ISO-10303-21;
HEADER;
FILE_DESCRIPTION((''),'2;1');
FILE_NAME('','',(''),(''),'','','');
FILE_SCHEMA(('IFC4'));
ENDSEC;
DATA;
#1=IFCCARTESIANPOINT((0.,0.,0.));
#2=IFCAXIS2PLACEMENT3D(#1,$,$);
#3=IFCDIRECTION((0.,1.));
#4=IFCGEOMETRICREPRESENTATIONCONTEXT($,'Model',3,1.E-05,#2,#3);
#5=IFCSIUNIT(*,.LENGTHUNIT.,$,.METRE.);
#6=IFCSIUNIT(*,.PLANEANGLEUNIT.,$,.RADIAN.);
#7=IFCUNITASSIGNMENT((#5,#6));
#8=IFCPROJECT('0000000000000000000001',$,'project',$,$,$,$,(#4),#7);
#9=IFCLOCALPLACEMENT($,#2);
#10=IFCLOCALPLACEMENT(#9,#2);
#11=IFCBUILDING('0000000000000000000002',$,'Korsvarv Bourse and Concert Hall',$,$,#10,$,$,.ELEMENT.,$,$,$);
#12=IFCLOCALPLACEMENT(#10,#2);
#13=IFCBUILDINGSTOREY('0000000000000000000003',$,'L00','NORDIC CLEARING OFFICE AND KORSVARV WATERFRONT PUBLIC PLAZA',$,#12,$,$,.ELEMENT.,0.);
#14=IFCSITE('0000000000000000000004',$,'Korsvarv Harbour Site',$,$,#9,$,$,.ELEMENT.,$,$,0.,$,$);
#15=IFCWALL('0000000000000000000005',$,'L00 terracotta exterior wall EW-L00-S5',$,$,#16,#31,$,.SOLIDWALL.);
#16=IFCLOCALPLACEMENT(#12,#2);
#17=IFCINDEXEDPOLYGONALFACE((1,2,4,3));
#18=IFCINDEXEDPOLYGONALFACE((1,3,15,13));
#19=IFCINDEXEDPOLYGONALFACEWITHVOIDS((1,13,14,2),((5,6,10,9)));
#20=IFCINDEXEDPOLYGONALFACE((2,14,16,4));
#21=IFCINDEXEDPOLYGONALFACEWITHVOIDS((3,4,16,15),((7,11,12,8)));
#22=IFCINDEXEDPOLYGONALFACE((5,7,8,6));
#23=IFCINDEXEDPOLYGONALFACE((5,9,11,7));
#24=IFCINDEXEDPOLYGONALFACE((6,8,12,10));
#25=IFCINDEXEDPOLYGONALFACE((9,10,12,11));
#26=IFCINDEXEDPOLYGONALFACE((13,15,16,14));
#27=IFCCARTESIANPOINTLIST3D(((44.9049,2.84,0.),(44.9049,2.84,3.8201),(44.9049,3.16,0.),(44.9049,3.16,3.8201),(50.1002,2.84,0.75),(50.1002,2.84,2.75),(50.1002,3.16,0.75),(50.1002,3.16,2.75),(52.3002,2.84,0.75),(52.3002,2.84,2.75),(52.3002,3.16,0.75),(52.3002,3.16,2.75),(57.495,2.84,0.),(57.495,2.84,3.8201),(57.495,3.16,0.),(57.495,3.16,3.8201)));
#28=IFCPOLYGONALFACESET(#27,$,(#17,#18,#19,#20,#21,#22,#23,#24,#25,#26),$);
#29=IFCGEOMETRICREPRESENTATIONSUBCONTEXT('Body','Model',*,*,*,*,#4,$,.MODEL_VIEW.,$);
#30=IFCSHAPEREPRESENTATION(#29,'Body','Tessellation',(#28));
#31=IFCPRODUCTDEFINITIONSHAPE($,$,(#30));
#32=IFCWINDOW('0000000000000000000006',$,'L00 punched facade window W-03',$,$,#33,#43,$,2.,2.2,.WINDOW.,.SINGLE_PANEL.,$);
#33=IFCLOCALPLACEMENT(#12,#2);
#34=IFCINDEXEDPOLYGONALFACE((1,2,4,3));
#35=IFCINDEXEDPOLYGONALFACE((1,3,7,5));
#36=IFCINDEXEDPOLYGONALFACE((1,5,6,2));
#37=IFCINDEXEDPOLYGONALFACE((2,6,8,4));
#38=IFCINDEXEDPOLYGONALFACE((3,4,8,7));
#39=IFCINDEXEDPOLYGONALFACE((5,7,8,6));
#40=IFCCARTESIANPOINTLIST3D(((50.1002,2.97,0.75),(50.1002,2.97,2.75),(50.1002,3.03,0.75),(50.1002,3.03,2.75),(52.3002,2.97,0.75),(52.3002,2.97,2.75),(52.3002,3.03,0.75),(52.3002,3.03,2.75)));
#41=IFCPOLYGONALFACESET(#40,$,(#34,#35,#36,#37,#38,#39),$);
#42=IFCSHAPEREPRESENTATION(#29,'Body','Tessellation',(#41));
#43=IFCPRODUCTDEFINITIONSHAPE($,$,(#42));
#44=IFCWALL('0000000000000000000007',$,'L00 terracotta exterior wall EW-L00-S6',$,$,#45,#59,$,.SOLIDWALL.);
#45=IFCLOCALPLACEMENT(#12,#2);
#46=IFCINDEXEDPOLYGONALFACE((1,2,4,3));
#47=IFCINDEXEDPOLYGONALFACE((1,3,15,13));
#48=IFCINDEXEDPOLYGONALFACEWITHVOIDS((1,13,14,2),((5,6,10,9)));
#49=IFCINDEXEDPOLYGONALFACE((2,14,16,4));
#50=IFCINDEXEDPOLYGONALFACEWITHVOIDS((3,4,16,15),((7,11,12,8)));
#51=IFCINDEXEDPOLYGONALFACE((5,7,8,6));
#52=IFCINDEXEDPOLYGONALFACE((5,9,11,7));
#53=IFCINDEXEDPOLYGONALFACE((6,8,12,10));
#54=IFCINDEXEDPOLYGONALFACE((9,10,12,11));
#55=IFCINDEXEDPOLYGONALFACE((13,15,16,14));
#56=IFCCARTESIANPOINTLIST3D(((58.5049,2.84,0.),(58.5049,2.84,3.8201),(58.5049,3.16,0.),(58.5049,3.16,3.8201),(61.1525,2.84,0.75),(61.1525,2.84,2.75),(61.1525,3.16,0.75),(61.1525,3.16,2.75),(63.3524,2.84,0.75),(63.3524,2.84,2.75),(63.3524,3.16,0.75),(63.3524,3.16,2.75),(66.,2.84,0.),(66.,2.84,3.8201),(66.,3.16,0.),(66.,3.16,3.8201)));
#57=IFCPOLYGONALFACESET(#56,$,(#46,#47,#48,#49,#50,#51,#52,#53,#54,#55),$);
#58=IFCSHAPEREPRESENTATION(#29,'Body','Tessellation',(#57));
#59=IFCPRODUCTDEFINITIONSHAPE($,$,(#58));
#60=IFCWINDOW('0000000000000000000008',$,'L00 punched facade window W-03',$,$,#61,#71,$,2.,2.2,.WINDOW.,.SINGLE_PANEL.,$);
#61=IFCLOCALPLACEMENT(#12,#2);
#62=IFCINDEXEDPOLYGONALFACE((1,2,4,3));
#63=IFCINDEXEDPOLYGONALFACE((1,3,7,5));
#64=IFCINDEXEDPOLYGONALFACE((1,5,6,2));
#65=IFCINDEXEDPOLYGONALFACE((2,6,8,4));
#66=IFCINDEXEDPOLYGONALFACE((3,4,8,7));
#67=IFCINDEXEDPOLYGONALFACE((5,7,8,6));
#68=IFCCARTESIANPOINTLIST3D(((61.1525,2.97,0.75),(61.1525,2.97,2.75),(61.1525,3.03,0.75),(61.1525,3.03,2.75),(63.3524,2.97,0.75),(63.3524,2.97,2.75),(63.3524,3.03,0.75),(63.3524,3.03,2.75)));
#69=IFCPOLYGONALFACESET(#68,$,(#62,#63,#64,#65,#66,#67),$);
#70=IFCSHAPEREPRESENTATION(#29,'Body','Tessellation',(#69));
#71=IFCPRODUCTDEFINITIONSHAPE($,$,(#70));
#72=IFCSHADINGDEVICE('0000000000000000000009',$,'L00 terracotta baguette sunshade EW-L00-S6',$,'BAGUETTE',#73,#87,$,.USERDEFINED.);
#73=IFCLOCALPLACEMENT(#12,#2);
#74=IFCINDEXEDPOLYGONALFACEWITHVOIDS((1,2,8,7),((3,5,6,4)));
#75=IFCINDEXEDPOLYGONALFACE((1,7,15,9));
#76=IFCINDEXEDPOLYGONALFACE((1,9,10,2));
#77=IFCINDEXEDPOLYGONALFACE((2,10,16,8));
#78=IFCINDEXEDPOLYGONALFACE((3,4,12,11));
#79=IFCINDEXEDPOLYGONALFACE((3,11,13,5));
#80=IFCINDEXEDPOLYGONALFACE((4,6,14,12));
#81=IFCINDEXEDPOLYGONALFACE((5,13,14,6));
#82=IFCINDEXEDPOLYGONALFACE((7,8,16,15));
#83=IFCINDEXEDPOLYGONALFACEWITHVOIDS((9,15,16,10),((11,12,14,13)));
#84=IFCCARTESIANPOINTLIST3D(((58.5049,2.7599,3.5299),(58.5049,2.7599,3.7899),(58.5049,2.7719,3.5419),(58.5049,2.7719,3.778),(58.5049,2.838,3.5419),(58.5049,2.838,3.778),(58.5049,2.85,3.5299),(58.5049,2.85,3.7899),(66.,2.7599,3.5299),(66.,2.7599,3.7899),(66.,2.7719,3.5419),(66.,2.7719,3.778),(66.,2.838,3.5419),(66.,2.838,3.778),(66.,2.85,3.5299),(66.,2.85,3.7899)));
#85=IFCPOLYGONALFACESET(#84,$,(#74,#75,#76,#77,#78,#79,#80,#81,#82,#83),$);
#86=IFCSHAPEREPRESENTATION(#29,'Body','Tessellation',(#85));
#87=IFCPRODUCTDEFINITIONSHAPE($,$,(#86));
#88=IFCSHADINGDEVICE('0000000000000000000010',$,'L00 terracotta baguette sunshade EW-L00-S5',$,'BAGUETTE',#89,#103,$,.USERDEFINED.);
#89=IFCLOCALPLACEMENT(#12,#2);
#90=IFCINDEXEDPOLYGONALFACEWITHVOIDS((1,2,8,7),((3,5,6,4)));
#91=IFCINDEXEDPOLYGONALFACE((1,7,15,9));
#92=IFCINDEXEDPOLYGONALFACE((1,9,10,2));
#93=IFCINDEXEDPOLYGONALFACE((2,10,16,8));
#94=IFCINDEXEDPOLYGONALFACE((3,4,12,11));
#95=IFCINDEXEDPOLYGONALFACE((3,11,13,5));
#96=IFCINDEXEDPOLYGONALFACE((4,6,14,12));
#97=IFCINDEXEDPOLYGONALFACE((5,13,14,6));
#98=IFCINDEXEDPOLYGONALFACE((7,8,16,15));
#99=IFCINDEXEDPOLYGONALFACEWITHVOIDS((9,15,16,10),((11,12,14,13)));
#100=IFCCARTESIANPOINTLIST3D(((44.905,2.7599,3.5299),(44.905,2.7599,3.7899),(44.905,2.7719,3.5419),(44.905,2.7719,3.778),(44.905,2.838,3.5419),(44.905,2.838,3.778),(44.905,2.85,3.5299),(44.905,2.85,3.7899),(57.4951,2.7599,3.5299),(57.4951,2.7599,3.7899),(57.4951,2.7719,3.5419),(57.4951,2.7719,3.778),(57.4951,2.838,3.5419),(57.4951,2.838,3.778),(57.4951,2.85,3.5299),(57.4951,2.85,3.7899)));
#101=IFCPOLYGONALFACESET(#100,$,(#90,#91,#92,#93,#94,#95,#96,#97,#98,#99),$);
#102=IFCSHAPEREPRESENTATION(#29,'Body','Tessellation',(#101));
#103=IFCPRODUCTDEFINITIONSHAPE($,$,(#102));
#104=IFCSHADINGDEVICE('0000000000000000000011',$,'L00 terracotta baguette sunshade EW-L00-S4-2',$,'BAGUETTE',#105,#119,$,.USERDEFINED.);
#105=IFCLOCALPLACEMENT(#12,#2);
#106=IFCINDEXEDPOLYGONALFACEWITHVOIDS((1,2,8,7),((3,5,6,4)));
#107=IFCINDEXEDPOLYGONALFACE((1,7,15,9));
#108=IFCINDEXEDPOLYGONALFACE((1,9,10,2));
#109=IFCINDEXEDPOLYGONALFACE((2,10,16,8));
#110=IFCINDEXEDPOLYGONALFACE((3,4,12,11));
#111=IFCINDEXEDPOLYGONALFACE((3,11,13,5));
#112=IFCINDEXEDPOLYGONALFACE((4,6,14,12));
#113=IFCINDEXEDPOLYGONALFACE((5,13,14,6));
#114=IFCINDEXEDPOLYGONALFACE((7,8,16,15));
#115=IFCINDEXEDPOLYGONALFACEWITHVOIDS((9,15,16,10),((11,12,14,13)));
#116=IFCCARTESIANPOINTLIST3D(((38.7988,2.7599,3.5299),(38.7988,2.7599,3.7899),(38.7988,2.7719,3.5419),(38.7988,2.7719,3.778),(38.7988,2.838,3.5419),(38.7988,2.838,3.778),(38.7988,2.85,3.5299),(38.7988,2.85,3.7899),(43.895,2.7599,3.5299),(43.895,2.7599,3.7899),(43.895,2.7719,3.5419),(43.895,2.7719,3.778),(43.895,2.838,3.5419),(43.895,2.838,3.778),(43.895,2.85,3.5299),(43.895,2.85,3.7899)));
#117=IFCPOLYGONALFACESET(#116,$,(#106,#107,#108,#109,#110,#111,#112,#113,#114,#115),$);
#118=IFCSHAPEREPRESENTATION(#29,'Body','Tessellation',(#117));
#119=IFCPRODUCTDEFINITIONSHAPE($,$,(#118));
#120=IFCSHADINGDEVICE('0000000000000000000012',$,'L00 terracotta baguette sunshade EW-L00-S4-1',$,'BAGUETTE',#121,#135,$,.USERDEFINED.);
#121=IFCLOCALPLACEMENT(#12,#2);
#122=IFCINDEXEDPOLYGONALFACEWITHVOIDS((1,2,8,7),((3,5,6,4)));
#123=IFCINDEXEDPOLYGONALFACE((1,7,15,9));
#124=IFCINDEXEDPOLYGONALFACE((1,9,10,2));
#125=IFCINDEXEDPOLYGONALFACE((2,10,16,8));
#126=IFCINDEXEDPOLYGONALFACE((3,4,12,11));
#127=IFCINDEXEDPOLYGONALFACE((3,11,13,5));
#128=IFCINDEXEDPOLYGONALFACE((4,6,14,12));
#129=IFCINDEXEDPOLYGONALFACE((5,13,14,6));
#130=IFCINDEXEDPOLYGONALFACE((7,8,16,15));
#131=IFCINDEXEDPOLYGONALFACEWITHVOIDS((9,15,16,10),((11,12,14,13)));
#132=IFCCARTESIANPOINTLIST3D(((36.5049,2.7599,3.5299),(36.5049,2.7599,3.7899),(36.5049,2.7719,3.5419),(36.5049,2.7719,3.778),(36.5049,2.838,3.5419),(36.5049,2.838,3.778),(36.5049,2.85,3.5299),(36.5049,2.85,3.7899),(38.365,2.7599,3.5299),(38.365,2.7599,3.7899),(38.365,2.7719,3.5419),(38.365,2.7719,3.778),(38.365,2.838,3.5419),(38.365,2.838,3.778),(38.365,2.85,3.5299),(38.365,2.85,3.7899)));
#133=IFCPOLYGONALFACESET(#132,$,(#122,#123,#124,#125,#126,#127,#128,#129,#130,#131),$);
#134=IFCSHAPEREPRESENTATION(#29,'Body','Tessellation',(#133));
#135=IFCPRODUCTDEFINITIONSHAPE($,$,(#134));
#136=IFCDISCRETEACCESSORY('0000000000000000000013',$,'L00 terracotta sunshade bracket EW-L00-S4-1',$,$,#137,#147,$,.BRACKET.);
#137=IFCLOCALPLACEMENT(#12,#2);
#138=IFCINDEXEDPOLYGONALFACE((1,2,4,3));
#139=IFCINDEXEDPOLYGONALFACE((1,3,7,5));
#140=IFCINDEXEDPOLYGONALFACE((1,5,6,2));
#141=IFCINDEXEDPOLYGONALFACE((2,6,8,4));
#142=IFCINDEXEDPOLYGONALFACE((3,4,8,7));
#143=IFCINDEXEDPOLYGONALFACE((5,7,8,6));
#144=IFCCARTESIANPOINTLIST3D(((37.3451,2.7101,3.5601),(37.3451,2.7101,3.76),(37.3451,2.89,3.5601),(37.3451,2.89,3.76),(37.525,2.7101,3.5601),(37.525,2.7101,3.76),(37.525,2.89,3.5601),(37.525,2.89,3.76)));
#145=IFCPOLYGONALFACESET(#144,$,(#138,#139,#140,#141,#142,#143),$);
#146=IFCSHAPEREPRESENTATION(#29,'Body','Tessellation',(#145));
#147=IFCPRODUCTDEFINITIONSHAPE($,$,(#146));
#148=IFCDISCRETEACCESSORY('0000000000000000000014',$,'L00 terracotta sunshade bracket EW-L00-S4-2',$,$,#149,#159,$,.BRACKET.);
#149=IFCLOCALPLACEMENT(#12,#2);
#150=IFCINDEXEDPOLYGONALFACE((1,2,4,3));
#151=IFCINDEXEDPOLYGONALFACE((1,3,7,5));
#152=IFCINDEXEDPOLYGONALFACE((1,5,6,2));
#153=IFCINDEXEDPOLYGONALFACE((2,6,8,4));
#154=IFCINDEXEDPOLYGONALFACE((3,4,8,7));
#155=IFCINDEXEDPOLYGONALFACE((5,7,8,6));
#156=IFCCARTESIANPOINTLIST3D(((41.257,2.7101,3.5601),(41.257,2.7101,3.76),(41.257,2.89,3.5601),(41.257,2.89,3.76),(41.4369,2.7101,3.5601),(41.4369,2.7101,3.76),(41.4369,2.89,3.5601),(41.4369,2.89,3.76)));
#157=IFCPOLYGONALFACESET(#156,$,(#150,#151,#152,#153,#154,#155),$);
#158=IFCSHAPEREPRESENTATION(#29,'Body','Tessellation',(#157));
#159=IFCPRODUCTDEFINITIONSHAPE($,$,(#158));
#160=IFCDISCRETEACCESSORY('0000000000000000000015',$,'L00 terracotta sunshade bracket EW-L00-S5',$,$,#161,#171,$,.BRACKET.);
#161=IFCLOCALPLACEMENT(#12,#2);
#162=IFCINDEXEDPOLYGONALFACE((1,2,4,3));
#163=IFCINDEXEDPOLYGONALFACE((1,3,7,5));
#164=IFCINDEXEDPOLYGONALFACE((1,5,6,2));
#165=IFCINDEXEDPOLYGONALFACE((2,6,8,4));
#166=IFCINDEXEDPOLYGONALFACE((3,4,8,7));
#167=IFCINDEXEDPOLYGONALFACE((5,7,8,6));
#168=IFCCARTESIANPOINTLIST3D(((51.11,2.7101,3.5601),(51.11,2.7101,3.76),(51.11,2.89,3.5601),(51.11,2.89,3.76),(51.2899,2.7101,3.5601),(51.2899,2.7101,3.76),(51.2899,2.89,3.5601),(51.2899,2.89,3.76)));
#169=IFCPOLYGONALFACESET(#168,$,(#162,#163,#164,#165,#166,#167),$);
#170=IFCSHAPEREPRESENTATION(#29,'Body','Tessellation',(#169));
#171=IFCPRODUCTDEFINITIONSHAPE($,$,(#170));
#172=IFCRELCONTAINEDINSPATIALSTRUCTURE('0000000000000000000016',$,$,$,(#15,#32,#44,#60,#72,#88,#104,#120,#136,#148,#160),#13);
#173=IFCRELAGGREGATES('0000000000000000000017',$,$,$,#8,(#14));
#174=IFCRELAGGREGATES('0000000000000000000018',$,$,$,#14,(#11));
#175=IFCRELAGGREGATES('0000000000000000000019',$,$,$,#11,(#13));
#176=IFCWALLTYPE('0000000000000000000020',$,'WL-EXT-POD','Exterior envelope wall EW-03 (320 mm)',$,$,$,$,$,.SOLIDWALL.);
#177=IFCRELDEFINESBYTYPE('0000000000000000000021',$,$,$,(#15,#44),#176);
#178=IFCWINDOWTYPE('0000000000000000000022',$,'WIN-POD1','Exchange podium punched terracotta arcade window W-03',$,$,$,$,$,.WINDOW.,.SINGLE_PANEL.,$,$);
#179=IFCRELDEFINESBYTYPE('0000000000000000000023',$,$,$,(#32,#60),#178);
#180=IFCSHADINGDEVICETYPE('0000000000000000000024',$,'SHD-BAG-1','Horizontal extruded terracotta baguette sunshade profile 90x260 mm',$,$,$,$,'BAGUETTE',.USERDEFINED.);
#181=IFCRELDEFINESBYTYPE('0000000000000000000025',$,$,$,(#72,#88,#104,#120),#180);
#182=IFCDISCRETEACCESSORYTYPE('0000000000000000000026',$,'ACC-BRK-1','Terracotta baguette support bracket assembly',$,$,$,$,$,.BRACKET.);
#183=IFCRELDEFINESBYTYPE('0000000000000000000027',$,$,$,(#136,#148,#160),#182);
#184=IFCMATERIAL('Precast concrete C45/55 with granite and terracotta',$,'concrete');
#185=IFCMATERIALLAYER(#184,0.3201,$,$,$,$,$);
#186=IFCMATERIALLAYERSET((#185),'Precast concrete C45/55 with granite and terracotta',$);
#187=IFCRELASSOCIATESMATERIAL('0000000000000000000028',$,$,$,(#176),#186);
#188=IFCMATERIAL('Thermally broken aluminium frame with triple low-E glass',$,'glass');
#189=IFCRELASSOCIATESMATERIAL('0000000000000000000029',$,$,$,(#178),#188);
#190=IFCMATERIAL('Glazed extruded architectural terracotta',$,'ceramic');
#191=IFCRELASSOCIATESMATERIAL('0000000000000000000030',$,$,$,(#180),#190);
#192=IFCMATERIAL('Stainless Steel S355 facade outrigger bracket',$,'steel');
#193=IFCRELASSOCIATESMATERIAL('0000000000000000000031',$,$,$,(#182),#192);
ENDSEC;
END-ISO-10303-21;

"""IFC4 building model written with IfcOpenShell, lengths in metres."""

from ifc_helpers import new_model, si_unit, direction, frame, frame_2d, origin, origin_2d, place, context, subcontext, project, spatial, rectangle, hollow_rectangle, extrude, source, transform, mapped, material, layer, layer_set, material_profile, profile_set, type_object, element, fill, save


model = new_model("IFC4")

# Units and contexts
model_context = context("Model", 3, precision=1e-05, world=origin(), true_north=direction((0.0, 1.0)))
body_context = subcontext(model_context, "Body", "Model", "MODEL_VIEW")
ifc_project = project(units=[si_unit("LENGTHUNIT", "METRE"), si_unit("PLANEANGLEUNIT", "RADIAN")], contexts=[model_context])

# Site, building, storey
site_placement = place(None, origin())
site = spatial("IfcSite", under=ifc_project, at=site_placement, Name="Korsvarv Harbour Site", CompositionType="ELEMENT", RefElevation=0.0)
building_placement = place(site_placement, origin())
building = spatial("IfcBuilding", under=site, at=building_placement, Name="Korsvarv Bourse and Concert Hall", CompositionType="ELEMENT")
storey_placement = place(building_placement, origin())
storey = spatial("IfcBuildingStorey", under=building, at=storey_placement, Name="L00", Description="NORDIC CLEARING OFFICE AND KORSVARV WATERFRONT PUBLIC PLAZA", CompositionType="ELEMENT", Elevation=0.0)

# Shared definitions
ifc_material_1 = material(Name="Precast concrete C45/55 with granite and terracotta", Category="concrete")
ifc_layer = layer(ifc_material_1, 0.3201)
ifc_layer_set = layer_set([ifc_layer], Name="Precast concrete C45/55 with granite and terracotta")
wall_type = type_object("IfcWallType", Name="WL-EXT-POD", Description="Exterior envelope wall EW-03 (320 mm)", PredefinedType="SOLIDWALL", material=ifc_layer_set)

# Walls, openings, windows
wall_1_placement = place(storey_placement, frame((44.905, 3.0, 0.0), z_axis=(0.0, 0.0, 1.0), x_axis=(1.0, 0.0, 0.0)))
wall_1 = element("IfcWall", 1, at=wall_1_placement, inside=storey, type_object=wall_type, Name="L00 terracotta exterior wall EW-L00-S5", PredefinedType="SOLIDWALL", context=body_context, shape_type="SweptSolid", body=[
    extrude(rectangle(XDim=12.5901, YDim=0.3201, at=frame_2d((6.2949, 0.0))), origin(), (0.0, 0.0, 1.0), 3.8201),
])
opening_1_placement = place(wall_1_placement, frame((5.1951, 0.0, 0.75)))
opening_1 = element("IfcOpeningElement", 2, at=opening_1_placement, cuts=wall_1, PredefinedType="OPENING", context=body_context, shape_type="SweptSolid", body=[
    extrude(rectangle(XDim=2.2, YDim=2.0, at=frame_2d((1.1001, 1.0))), frame((0.0, 0.1699, 0.0), z_axis=(0.0, -1.0, 0.0), x_axis=(1.0, 0.0, 0.0)), (0.0, 0.0, 1.0), 0.3401),
])
ifc_material_2 = material(Name="Thermally broken aluminium frame with triple low-E glass", Category="glass")
window_type = type_object("IfcWindowType", Name="WIN-POD1", Description="Exchange podium punched terracotta arcade window W-03", PartitioningType="SINGLE_PANEL", PredefinedType="WINDOW", material=ifc_material_2)
window_1_placement = place(opening_1_placement, origin())
window_1 = element("IfcWindow", 3, at=window_1_placement, inside=storey, type_object=window_type, Name="L00 punched facade window W-03", OverallHeight=2.0, OverallWidth=2.2, PartitioningType="SINGLE_PANEL", PredefinedType="WINDOW", context=body_context, shape_type="SweptSolid", body=[
    extrude(rectangle(XDim=2.2, YDim=2.0, at=frame_2d((1.1001, 1.0))), frame((0.0, 0.03, 0.0), z_axis=(0.0, -1.0, 0.0), x_axis=(1.0, 0.0, 0.0)), (0.0, 0.0, 1.0), 0.0601),
])
fill(opening_1, window_1)
wall_2_placement = place(storey_placement, frame((58.5049, 3.0, 0.0), z_axis=(0.0, 0.0, 1.0), x_axis=(1.0, 0.0, 0.0)))
wall_2 = element("IfcWall", 4, at=wall_2_placement, inside=storey, type_object=wall_type, Name="L00 terracotta exterior wall EW-L00-S6", PredefinedType="SOLIDWALL", context=body_context, shape_type="SweptSolid", body=[
    extrude(rectangle(XDim=7.4951, YDim=0.3201, at=frame_2d((3.7476, 0.0))), origin(), (0.0, 0.0, 1.0), 3.8201),
])
opening_2_placement = place(wall_2_placement, frame((2.6475, 0.0, 0.75)))
opening_2 = element("IfcOpeningElement", 5, at=opening_2_placement, cuts=wall_2, PredefinedType="OPENING", context=body_context, shape_type="SweptSolid", body=[
    extrude(rectangle(XDim=2.2, YDim=2.0, at=frame_2d((1.1001, 1.0))), frame((0.0, 0.1699, 0.0), z_axis=(0.0, -1.0, 0.0), x_axis=(1.0, 0.0, 0.0)), (0.0, 0.0, 1.0), 0.3401),
])
window_2_placement = place(opening_2_placement, origin())
window_2 = element("IfcWindow", 6, at=window_2_placement, inside=storey, type_object=window_type, Name="L00 punched facade window W-03", OverallHeight=2.0, OverallWidth=2.2, PartitioningType="SINGLE_PANEL", PredefinedType="WINDOW", context=body_context, shape_type="SweptSolid", body=[
    extrude(rectangle(XDim=2.2, YDim=2.0, at=frame_2d((1.1001, 1.0))), frame((0.0, 0.03, 0.0), z_axis=(0.0, -1.0, 0.0), x_axis=(1.0, 0.0, 0.0)), (0.0, 0.0, 1.0), 0.0601),
])
fill(opening_2, window_2)

# Shading devices
ifc_material_3 = material(Name="Glazed extruded architectural terracotta", Category="ceramic")
ifc_material_profile_1 = material_profile(ifc_material_3, hollow_rectangle(XDim=0.0901, YDim=0.26, WallThickness=0.012, at=origin_2d()), Name="TC-BAG 90x260")
ifc_profile_set_1 = profile_set([ifc_material_profile_1], Name="Glazed extruded architectural terracotta")
shading_device_type = type_object("IfcShadingDeviceType", Name="SHD-BAG-1", Description="Horizontal extruded terracotta baguette sunshade profile 90x260 mm", ElementType="BAGUETTE", PredefinedType="USERDEFINED", material=ifc_profile_set_1)
shared_shape_1 = source(origin(), body_context, "Body", "SweptSolid", [
    extrude(hollow_rectangle(XDim=0.0901, YDim=0.26, WallThickness=0.012, at=origin_2d()), origin(), (0.0, 0.0, 1.0), 7.4951),
])
shading_device_1_placement = place(storey_placement, frame((58.5049, 2.8049, 3.6599), z_axis=(1.0, 0.0, 0.0), x_axis=(0.0, 1.0, 0.0)))
element("IfcShadingDevice", 7, at=shading_device_1_placement, inside=storey, type_object=shading_device_type, Name="L00 terracotta baguette sunshade EW-L00-S6", ObjectType="BAGUETTE", PredefinedType="USERDEFINED", context=body_context, shape_type="MappedRepresentation", body=[
    mapped(shared_shape_1, transform((0.0, 0.0, 0.0), scale=1.0)),
])
shared_shape_2 = source(origin(), body_context, "Body", "SweptSolid", [
    extrude(hollow_rectangle(XDim=0.0901, YDim=0.26, WallThickness=0.012, at=origin_2d()), origin(), (0.0, 0.0, 1.0), 12.5901),
])
shading_device_2_placement = place(storey_placement, frame((44.905, 2.8049, 3.6599), z_axis=(1.0, 0.0, 0.0), x_axis=(0.0, 1.0, 0.0)))
element("IfcShadingDevice", 8, at=shading_device_2_placement, inside=storey, type_object=shading_device_type, Name="L00 terracotta baguette sunshade EW-L00-S5", ObjectType="BAGUETTE", PredefinedType="USERDEFINED", context=body_context, shape_type="MappedRepresentation", body=[
    mapped(shared_shape_2, transform((0.0, 0.0, 0.0), scale=1.0)),
])
shared_shape_3 = source(origin(), body_context, "Body", "SweptSolid", [
    extrude(hollow_rectangle(XDim=0.0901, YDim=0.26, WallThickness=0.012, at=origin_2d()), origin(), (0.0, 0.0, 1.0), 5.0962),
])
shading_device_3_placement = place(storey_placement, frame((38.7988, 2.8049, 3.6599), z_axis=(1.0, 0.0, 0.0), x_axis=(0.0, 1.0, 0.0)))
element("IfcShadingDevice", 9, at=shading_device_3_placement, inside=storey, type_object=shading_device_type, Name="L00 terracotta baguette sunshade EW-L00-S4-2", ObjectType="BAGUETTE", PredefinedType="USERDEFINED", context=body_context, shape_type="MappedRepresentation", body=[
    mapped(shared_shape_3, transform((0.0, 0.0, 0.0), scale=1.0)),
])
shared_shape_4 = source(origin(), body_context, "Body", "SweptSolid", [
    extrude(hollow_rectangle(XDim=0.0901, YDim=0.26, WallThickness=0.012, at=origin_2d()), origin(), (0.0, 0.0, 1.0), 1.8601),
])
shading_device_4_placement = place(storey_placement, frame((36.5049, 2.8049, 3.6599), z_axis=(1.0, 0.0, 0.0), x_axis=(0.0, 1.0, 0.0)))
element("IfcShadingDevice", 10, at=shading_device_4_placement, inside=storey, type_object=shading_device_type, Name="L00 terracotta baguette sunshade EW-L00-S4-1", ObjectType="BAGUETTE", PredefinedType="USERDEFINED", context=body_context, shape_type="MappedRepresentation", body=[
    mapped(shared_shape_4, transform((0.0, 0.0, 0.0), scale=1.0)),
])

# Discrete accessories
ifc_material_4 = material(Name="Stainless Steel S355 facade outrigger bracket", Category="steel")
discrete_accessory_type = type_object("IfcDiscreteAccessoryType", Name="ACC-BRK-1", Description="Terracotta baguette support bracket assembly", PredefinedType="BRACKET", material=ifc_material_4)
shared_shape_5 = source(origin(), body_context, "Body", "SweptSolid", [
    extrude(rectangle(XDim=0.1799, YDim=0.1799, at=origin_2d()), origin(), (0.0, 0.0, 1.0), 0.2),
])
for number, where, z_axis, x_axis, name in (
    (11, (37.4351, 2.8, 3.5601), (0.0, 0.0, 1.0), (1.0, 0.0, 0.0), "L00 terracotta sunshade bracket EW-L00-S4-1"),
    (12, (41.3469, 2.8, 3.5601), (0.0, 0.0, 1.0), (1.0, 0.0, 0.0), "L00 terracotta sunshade bracket EW-L00-S4-2"),
    (13, (51.2, 2.8, 3.5601), (0.0, 0.0, 1.0), (1.0, 0.0, 0.0), "L00 terracotta sunshade bracket EW-L00-S5"),
):
    element("IfcDiscreteAccessory", number, at=place(storey_placement, frame(where, z_axis=z_axis, x_axis=x_axis)), inside=storey, type_object=discrete_accessory_type, Name=name, PredefinedType="BRACKET", context=body_context, shape_type="MappedRepresentation", body=[
        mapped(shared_shape_5, transform((0.0, 0.0, 0.0), scale=1.0)),
    ])

save(model, "model.ifc")
